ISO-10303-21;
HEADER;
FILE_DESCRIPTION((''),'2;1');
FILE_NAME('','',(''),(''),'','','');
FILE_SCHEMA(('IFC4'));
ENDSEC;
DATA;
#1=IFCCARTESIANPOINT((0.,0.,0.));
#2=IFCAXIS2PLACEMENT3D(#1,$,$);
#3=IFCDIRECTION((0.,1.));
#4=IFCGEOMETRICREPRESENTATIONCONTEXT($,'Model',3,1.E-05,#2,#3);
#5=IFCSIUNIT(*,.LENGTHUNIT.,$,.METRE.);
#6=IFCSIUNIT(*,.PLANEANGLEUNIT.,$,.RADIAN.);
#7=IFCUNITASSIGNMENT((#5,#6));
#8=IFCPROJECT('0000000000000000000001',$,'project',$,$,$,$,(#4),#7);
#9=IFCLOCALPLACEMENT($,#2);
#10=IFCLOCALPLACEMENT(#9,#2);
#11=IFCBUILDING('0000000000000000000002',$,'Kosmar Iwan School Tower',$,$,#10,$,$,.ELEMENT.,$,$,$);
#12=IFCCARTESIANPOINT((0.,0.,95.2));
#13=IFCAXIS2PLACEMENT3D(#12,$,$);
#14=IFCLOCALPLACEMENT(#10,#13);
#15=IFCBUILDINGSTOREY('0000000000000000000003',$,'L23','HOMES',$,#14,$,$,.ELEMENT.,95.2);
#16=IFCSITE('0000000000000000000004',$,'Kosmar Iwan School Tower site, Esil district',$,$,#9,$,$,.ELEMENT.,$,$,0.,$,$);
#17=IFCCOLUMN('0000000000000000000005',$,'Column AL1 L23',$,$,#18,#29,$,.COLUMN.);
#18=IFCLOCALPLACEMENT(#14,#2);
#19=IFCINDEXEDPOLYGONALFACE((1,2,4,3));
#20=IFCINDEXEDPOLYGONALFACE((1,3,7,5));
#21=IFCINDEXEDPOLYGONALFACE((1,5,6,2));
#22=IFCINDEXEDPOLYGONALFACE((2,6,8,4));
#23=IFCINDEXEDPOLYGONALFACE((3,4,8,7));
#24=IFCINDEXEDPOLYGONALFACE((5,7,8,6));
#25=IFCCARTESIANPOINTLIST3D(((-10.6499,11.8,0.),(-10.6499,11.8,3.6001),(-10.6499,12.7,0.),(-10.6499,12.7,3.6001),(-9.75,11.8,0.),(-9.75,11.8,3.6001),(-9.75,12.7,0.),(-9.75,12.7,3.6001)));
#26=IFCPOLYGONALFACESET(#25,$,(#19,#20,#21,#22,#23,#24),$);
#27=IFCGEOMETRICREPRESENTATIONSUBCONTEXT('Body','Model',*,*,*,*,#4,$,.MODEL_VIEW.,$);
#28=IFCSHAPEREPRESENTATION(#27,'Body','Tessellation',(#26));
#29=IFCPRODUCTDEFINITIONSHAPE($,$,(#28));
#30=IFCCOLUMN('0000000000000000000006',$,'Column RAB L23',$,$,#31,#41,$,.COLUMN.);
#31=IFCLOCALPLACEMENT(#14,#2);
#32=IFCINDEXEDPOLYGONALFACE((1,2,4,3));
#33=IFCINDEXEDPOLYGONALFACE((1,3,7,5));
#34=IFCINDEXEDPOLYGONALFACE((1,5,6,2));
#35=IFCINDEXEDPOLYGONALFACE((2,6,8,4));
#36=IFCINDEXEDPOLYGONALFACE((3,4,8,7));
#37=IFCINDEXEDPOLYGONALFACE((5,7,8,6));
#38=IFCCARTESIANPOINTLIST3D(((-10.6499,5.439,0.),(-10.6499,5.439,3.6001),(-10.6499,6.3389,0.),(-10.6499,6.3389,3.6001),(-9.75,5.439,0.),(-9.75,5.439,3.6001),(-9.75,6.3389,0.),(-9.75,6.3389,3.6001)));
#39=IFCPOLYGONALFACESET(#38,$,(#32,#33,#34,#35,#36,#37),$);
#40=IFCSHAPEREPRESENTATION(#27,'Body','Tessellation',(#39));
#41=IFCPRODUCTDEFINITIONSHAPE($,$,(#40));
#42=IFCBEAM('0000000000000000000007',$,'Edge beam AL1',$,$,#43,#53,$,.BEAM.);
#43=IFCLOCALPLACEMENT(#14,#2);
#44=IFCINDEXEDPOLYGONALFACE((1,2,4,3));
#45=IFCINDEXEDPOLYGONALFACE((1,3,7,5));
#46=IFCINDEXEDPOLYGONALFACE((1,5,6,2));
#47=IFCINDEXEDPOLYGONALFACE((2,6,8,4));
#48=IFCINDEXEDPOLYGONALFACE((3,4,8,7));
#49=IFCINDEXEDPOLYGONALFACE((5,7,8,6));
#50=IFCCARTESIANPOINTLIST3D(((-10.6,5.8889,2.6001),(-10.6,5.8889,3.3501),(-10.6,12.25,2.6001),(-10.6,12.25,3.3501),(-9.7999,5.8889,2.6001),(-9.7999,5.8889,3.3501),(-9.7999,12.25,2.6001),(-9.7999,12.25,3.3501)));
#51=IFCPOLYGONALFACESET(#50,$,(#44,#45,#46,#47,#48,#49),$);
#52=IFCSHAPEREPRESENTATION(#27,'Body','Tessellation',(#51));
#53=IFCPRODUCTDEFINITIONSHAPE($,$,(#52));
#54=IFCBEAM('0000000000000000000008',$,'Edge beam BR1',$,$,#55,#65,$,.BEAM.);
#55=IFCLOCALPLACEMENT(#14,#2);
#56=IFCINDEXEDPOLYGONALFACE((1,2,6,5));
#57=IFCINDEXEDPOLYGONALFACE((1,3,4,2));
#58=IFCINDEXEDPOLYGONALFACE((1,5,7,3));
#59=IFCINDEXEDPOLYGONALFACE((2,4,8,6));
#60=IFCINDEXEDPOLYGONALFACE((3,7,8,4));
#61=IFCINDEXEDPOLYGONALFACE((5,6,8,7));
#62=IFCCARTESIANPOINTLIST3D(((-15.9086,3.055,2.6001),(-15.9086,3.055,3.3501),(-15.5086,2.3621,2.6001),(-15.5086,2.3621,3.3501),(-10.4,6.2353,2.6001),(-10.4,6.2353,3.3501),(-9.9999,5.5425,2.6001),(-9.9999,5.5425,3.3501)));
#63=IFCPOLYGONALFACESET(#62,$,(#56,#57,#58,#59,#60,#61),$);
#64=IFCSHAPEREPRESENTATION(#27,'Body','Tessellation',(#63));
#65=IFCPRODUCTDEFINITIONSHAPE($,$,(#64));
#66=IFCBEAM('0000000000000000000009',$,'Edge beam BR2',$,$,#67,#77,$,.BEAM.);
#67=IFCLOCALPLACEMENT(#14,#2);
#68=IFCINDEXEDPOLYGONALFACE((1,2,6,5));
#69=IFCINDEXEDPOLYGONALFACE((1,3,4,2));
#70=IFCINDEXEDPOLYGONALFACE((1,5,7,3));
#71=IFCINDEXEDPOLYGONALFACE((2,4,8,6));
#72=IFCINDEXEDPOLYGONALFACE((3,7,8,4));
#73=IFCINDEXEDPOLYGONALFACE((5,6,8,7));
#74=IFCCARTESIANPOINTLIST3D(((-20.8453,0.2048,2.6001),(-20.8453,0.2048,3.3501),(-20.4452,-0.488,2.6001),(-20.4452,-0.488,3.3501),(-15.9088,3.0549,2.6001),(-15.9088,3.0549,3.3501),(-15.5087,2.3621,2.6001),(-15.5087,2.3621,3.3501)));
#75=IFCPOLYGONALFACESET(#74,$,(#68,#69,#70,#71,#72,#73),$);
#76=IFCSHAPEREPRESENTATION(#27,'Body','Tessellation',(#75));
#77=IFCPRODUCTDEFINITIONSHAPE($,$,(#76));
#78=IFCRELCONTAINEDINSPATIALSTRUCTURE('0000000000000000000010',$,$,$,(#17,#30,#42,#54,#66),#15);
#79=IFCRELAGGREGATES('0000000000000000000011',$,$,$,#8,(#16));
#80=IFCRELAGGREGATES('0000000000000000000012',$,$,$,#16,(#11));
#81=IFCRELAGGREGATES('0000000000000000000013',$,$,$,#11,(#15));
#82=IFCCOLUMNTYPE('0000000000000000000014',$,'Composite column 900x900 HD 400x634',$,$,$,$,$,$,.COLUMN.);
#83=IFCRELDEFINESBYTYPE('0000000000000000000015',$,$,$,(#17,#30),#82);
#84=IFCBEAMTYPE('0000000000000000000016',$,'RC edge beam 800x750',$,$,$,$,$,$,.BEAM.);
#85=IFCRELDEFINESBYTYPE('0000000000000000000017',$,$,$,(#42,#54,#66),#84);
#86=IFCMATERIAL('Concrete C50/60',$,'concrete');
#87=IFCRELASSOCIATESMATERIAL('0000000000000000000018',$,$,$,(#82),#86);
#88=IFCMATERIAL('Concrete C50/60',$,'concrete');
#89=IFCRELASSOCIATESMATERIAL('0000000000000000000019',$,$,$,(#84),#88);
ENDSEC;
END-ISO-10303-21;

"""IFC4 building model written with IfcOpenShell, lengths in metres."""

from ifc_helpers import new_model, si_unit, direction, frame, origin, origin_2d, place, context, subcontext, project, spatial, rectangle, extrude, material, material_profile, profile_set, type_object, element, save


model = new_model("IFC4")

# Units and contexts
model_context = context("Model", 3, precision=1e-05, world=origin(), true_north=direction((0.0, 1.0)))
body_context = subcontext(model_context, "Body", "Model", "MODEL_VIEW")
ifc_project = project(units=[si_unit("LENGTHUNIT", "METRE"), si_unit("PLANEANGLEUNIT", "RADIAN")], contexts=[model_context])

# Site, building, storey
site_placement = place(None, origin())
site = spatial("IfcSite", under=ifc_project, at=site_placement, Name="Kosmar Iwan School Tower site, Esil district", CompositionType="ELEMENT", RefElevation=0.0)
building_placement = place(site_placement, origin())
building = spatial("IfcBuilding", under=site, at=building_placement, Name="Kosmar Iwan School Tower", CompositionType="ELEMENT")
storey_placement = place(building_placement, frame((0.0, 0.0, 95.2)))
storey = spatial("IfcBuildingStorey", under=building, at=storey_placement, Name="L23", Description="HOMES", CompositionType="ELEMENT", Elevation=95.2)

# Columns
ifc_material_1 = material(Name="Concrete C50/60", Category="concrete")
ifc_material_profile_1 = material_profile(ifc_material_1, rectangle(XDim=0.8999, YDim=0.8999, at=origin_2d()), Name="RC 900x900 + HD 400x634")
ifc_profile_set_1 = profile_set([ifc_material_profile_1], Name="Concrete C50/60")
column_type = type_object("IfcColumnType", Name="Composite column 900x900 HD 400x634", PredefinedType="COLUMN", material=ifc_profile_set_1)
for number, where, z_axis, x_axis, name in (
    (1, (-10.2, 12.25, 0.0), (0.0, 0.0, 1.0), (0.0, 1.0, 0.0), "Column AL1 L23"),
    (2, (-10.2, 5.8889, 0.0), (0.0, 0.0, 1.0), (1.0, 0.0, 0.0), "Column RAB L23"),
):
    element("IfcColumn", number, at=place(storey_placement, frame(where, z_axis=z_axis, x_axis=x_axis)), inside=storey, type_object=column_type, Name=name, PredefinedType="COLUMN", context=body_context, shape_type="SweptSolid", body=[
        extrude(rectangle(XDim=0.8999, YDim=0.8999, at=origin_2d()), origin(), (0.0, 0.0, 1.0), 3.6001),
    ])

# Beams
ifc_material_2 = material(Name="Concrete C50/60", Category="concrete")
ifc_material_profile_2 = material_profile(ifc_material_2, rectangle(XDim=0.8, YDim=0.75, at=origin_2d()), Name="RC 800x750")
ifc_profile_set_2 = profile_set([ifc_material_profile_2], Name="Concrete C50/60")
beam_type = type_object("IfcBeamType", Name="RC edge beam 800x750", PredefinedType="BEAM", material=ifc_profile_set_2)
beam_1_placement = place(storey_placement, frame((-10.2, 5.8889, 2.9751), z_axis=(0.0, 1.0, 0.0), x_axis=(-1.0, 0.0, 0.0)))
element("IfcBeam", 3, at=beam_1_placement, inside=storey, type_object=beam_type, Name="Edge beam AL1", PredefinedType="BEAM", context=body_context, shape_type="SweptSolid", body=[
    extrude(rectangle(XDim=0.8, YDim=0.75, at=origin_2d()), origin(), (0.0, 0.0, 1.0), 6.3611),
])
beam_2_placement = place(storey_placement, frame((-10.2, 5.8889, 2.9751), z_axis=(-0.866031, -0.49999, 0.0), x_axis=(0.49999, -0.866031, 0.0)))
element("IfcBeam", 4, at=beam_2_placement, inside=storey, type_object=beam_type, Name="Edge beam BR1", PredefinedType="BEAM", context=body_context, shape_type="SweptSolid", body=[
    extrude(rectangle(XDim=0.8, YDim=0.75, at=origin_2d()), origin(), (0.0, 0.0, 1.0), 6.3608),
])
beam_3_placement = place(storey_placement, frame((-15.7087, 2.7085, 2.9751), z_axis=(-0.866026, -0.499999, 0.0), x_axis=(0.499999, -0.866026, 0.0)))
element("IfcBeam", 5, at=beam_3_placement, inside=storey, type_object=beam_type, Name="Edge beam BR2", PredefinedType="BEAM", context=body_context, shape_type="SweptSolid", body=[
    extrude(rectangle(XDim=0.8, YDim=0.75, at=origin_2d()), origin(), (0.0, 0.0, 1.0), 5.7002),
])

save(model, "model.ifc")
